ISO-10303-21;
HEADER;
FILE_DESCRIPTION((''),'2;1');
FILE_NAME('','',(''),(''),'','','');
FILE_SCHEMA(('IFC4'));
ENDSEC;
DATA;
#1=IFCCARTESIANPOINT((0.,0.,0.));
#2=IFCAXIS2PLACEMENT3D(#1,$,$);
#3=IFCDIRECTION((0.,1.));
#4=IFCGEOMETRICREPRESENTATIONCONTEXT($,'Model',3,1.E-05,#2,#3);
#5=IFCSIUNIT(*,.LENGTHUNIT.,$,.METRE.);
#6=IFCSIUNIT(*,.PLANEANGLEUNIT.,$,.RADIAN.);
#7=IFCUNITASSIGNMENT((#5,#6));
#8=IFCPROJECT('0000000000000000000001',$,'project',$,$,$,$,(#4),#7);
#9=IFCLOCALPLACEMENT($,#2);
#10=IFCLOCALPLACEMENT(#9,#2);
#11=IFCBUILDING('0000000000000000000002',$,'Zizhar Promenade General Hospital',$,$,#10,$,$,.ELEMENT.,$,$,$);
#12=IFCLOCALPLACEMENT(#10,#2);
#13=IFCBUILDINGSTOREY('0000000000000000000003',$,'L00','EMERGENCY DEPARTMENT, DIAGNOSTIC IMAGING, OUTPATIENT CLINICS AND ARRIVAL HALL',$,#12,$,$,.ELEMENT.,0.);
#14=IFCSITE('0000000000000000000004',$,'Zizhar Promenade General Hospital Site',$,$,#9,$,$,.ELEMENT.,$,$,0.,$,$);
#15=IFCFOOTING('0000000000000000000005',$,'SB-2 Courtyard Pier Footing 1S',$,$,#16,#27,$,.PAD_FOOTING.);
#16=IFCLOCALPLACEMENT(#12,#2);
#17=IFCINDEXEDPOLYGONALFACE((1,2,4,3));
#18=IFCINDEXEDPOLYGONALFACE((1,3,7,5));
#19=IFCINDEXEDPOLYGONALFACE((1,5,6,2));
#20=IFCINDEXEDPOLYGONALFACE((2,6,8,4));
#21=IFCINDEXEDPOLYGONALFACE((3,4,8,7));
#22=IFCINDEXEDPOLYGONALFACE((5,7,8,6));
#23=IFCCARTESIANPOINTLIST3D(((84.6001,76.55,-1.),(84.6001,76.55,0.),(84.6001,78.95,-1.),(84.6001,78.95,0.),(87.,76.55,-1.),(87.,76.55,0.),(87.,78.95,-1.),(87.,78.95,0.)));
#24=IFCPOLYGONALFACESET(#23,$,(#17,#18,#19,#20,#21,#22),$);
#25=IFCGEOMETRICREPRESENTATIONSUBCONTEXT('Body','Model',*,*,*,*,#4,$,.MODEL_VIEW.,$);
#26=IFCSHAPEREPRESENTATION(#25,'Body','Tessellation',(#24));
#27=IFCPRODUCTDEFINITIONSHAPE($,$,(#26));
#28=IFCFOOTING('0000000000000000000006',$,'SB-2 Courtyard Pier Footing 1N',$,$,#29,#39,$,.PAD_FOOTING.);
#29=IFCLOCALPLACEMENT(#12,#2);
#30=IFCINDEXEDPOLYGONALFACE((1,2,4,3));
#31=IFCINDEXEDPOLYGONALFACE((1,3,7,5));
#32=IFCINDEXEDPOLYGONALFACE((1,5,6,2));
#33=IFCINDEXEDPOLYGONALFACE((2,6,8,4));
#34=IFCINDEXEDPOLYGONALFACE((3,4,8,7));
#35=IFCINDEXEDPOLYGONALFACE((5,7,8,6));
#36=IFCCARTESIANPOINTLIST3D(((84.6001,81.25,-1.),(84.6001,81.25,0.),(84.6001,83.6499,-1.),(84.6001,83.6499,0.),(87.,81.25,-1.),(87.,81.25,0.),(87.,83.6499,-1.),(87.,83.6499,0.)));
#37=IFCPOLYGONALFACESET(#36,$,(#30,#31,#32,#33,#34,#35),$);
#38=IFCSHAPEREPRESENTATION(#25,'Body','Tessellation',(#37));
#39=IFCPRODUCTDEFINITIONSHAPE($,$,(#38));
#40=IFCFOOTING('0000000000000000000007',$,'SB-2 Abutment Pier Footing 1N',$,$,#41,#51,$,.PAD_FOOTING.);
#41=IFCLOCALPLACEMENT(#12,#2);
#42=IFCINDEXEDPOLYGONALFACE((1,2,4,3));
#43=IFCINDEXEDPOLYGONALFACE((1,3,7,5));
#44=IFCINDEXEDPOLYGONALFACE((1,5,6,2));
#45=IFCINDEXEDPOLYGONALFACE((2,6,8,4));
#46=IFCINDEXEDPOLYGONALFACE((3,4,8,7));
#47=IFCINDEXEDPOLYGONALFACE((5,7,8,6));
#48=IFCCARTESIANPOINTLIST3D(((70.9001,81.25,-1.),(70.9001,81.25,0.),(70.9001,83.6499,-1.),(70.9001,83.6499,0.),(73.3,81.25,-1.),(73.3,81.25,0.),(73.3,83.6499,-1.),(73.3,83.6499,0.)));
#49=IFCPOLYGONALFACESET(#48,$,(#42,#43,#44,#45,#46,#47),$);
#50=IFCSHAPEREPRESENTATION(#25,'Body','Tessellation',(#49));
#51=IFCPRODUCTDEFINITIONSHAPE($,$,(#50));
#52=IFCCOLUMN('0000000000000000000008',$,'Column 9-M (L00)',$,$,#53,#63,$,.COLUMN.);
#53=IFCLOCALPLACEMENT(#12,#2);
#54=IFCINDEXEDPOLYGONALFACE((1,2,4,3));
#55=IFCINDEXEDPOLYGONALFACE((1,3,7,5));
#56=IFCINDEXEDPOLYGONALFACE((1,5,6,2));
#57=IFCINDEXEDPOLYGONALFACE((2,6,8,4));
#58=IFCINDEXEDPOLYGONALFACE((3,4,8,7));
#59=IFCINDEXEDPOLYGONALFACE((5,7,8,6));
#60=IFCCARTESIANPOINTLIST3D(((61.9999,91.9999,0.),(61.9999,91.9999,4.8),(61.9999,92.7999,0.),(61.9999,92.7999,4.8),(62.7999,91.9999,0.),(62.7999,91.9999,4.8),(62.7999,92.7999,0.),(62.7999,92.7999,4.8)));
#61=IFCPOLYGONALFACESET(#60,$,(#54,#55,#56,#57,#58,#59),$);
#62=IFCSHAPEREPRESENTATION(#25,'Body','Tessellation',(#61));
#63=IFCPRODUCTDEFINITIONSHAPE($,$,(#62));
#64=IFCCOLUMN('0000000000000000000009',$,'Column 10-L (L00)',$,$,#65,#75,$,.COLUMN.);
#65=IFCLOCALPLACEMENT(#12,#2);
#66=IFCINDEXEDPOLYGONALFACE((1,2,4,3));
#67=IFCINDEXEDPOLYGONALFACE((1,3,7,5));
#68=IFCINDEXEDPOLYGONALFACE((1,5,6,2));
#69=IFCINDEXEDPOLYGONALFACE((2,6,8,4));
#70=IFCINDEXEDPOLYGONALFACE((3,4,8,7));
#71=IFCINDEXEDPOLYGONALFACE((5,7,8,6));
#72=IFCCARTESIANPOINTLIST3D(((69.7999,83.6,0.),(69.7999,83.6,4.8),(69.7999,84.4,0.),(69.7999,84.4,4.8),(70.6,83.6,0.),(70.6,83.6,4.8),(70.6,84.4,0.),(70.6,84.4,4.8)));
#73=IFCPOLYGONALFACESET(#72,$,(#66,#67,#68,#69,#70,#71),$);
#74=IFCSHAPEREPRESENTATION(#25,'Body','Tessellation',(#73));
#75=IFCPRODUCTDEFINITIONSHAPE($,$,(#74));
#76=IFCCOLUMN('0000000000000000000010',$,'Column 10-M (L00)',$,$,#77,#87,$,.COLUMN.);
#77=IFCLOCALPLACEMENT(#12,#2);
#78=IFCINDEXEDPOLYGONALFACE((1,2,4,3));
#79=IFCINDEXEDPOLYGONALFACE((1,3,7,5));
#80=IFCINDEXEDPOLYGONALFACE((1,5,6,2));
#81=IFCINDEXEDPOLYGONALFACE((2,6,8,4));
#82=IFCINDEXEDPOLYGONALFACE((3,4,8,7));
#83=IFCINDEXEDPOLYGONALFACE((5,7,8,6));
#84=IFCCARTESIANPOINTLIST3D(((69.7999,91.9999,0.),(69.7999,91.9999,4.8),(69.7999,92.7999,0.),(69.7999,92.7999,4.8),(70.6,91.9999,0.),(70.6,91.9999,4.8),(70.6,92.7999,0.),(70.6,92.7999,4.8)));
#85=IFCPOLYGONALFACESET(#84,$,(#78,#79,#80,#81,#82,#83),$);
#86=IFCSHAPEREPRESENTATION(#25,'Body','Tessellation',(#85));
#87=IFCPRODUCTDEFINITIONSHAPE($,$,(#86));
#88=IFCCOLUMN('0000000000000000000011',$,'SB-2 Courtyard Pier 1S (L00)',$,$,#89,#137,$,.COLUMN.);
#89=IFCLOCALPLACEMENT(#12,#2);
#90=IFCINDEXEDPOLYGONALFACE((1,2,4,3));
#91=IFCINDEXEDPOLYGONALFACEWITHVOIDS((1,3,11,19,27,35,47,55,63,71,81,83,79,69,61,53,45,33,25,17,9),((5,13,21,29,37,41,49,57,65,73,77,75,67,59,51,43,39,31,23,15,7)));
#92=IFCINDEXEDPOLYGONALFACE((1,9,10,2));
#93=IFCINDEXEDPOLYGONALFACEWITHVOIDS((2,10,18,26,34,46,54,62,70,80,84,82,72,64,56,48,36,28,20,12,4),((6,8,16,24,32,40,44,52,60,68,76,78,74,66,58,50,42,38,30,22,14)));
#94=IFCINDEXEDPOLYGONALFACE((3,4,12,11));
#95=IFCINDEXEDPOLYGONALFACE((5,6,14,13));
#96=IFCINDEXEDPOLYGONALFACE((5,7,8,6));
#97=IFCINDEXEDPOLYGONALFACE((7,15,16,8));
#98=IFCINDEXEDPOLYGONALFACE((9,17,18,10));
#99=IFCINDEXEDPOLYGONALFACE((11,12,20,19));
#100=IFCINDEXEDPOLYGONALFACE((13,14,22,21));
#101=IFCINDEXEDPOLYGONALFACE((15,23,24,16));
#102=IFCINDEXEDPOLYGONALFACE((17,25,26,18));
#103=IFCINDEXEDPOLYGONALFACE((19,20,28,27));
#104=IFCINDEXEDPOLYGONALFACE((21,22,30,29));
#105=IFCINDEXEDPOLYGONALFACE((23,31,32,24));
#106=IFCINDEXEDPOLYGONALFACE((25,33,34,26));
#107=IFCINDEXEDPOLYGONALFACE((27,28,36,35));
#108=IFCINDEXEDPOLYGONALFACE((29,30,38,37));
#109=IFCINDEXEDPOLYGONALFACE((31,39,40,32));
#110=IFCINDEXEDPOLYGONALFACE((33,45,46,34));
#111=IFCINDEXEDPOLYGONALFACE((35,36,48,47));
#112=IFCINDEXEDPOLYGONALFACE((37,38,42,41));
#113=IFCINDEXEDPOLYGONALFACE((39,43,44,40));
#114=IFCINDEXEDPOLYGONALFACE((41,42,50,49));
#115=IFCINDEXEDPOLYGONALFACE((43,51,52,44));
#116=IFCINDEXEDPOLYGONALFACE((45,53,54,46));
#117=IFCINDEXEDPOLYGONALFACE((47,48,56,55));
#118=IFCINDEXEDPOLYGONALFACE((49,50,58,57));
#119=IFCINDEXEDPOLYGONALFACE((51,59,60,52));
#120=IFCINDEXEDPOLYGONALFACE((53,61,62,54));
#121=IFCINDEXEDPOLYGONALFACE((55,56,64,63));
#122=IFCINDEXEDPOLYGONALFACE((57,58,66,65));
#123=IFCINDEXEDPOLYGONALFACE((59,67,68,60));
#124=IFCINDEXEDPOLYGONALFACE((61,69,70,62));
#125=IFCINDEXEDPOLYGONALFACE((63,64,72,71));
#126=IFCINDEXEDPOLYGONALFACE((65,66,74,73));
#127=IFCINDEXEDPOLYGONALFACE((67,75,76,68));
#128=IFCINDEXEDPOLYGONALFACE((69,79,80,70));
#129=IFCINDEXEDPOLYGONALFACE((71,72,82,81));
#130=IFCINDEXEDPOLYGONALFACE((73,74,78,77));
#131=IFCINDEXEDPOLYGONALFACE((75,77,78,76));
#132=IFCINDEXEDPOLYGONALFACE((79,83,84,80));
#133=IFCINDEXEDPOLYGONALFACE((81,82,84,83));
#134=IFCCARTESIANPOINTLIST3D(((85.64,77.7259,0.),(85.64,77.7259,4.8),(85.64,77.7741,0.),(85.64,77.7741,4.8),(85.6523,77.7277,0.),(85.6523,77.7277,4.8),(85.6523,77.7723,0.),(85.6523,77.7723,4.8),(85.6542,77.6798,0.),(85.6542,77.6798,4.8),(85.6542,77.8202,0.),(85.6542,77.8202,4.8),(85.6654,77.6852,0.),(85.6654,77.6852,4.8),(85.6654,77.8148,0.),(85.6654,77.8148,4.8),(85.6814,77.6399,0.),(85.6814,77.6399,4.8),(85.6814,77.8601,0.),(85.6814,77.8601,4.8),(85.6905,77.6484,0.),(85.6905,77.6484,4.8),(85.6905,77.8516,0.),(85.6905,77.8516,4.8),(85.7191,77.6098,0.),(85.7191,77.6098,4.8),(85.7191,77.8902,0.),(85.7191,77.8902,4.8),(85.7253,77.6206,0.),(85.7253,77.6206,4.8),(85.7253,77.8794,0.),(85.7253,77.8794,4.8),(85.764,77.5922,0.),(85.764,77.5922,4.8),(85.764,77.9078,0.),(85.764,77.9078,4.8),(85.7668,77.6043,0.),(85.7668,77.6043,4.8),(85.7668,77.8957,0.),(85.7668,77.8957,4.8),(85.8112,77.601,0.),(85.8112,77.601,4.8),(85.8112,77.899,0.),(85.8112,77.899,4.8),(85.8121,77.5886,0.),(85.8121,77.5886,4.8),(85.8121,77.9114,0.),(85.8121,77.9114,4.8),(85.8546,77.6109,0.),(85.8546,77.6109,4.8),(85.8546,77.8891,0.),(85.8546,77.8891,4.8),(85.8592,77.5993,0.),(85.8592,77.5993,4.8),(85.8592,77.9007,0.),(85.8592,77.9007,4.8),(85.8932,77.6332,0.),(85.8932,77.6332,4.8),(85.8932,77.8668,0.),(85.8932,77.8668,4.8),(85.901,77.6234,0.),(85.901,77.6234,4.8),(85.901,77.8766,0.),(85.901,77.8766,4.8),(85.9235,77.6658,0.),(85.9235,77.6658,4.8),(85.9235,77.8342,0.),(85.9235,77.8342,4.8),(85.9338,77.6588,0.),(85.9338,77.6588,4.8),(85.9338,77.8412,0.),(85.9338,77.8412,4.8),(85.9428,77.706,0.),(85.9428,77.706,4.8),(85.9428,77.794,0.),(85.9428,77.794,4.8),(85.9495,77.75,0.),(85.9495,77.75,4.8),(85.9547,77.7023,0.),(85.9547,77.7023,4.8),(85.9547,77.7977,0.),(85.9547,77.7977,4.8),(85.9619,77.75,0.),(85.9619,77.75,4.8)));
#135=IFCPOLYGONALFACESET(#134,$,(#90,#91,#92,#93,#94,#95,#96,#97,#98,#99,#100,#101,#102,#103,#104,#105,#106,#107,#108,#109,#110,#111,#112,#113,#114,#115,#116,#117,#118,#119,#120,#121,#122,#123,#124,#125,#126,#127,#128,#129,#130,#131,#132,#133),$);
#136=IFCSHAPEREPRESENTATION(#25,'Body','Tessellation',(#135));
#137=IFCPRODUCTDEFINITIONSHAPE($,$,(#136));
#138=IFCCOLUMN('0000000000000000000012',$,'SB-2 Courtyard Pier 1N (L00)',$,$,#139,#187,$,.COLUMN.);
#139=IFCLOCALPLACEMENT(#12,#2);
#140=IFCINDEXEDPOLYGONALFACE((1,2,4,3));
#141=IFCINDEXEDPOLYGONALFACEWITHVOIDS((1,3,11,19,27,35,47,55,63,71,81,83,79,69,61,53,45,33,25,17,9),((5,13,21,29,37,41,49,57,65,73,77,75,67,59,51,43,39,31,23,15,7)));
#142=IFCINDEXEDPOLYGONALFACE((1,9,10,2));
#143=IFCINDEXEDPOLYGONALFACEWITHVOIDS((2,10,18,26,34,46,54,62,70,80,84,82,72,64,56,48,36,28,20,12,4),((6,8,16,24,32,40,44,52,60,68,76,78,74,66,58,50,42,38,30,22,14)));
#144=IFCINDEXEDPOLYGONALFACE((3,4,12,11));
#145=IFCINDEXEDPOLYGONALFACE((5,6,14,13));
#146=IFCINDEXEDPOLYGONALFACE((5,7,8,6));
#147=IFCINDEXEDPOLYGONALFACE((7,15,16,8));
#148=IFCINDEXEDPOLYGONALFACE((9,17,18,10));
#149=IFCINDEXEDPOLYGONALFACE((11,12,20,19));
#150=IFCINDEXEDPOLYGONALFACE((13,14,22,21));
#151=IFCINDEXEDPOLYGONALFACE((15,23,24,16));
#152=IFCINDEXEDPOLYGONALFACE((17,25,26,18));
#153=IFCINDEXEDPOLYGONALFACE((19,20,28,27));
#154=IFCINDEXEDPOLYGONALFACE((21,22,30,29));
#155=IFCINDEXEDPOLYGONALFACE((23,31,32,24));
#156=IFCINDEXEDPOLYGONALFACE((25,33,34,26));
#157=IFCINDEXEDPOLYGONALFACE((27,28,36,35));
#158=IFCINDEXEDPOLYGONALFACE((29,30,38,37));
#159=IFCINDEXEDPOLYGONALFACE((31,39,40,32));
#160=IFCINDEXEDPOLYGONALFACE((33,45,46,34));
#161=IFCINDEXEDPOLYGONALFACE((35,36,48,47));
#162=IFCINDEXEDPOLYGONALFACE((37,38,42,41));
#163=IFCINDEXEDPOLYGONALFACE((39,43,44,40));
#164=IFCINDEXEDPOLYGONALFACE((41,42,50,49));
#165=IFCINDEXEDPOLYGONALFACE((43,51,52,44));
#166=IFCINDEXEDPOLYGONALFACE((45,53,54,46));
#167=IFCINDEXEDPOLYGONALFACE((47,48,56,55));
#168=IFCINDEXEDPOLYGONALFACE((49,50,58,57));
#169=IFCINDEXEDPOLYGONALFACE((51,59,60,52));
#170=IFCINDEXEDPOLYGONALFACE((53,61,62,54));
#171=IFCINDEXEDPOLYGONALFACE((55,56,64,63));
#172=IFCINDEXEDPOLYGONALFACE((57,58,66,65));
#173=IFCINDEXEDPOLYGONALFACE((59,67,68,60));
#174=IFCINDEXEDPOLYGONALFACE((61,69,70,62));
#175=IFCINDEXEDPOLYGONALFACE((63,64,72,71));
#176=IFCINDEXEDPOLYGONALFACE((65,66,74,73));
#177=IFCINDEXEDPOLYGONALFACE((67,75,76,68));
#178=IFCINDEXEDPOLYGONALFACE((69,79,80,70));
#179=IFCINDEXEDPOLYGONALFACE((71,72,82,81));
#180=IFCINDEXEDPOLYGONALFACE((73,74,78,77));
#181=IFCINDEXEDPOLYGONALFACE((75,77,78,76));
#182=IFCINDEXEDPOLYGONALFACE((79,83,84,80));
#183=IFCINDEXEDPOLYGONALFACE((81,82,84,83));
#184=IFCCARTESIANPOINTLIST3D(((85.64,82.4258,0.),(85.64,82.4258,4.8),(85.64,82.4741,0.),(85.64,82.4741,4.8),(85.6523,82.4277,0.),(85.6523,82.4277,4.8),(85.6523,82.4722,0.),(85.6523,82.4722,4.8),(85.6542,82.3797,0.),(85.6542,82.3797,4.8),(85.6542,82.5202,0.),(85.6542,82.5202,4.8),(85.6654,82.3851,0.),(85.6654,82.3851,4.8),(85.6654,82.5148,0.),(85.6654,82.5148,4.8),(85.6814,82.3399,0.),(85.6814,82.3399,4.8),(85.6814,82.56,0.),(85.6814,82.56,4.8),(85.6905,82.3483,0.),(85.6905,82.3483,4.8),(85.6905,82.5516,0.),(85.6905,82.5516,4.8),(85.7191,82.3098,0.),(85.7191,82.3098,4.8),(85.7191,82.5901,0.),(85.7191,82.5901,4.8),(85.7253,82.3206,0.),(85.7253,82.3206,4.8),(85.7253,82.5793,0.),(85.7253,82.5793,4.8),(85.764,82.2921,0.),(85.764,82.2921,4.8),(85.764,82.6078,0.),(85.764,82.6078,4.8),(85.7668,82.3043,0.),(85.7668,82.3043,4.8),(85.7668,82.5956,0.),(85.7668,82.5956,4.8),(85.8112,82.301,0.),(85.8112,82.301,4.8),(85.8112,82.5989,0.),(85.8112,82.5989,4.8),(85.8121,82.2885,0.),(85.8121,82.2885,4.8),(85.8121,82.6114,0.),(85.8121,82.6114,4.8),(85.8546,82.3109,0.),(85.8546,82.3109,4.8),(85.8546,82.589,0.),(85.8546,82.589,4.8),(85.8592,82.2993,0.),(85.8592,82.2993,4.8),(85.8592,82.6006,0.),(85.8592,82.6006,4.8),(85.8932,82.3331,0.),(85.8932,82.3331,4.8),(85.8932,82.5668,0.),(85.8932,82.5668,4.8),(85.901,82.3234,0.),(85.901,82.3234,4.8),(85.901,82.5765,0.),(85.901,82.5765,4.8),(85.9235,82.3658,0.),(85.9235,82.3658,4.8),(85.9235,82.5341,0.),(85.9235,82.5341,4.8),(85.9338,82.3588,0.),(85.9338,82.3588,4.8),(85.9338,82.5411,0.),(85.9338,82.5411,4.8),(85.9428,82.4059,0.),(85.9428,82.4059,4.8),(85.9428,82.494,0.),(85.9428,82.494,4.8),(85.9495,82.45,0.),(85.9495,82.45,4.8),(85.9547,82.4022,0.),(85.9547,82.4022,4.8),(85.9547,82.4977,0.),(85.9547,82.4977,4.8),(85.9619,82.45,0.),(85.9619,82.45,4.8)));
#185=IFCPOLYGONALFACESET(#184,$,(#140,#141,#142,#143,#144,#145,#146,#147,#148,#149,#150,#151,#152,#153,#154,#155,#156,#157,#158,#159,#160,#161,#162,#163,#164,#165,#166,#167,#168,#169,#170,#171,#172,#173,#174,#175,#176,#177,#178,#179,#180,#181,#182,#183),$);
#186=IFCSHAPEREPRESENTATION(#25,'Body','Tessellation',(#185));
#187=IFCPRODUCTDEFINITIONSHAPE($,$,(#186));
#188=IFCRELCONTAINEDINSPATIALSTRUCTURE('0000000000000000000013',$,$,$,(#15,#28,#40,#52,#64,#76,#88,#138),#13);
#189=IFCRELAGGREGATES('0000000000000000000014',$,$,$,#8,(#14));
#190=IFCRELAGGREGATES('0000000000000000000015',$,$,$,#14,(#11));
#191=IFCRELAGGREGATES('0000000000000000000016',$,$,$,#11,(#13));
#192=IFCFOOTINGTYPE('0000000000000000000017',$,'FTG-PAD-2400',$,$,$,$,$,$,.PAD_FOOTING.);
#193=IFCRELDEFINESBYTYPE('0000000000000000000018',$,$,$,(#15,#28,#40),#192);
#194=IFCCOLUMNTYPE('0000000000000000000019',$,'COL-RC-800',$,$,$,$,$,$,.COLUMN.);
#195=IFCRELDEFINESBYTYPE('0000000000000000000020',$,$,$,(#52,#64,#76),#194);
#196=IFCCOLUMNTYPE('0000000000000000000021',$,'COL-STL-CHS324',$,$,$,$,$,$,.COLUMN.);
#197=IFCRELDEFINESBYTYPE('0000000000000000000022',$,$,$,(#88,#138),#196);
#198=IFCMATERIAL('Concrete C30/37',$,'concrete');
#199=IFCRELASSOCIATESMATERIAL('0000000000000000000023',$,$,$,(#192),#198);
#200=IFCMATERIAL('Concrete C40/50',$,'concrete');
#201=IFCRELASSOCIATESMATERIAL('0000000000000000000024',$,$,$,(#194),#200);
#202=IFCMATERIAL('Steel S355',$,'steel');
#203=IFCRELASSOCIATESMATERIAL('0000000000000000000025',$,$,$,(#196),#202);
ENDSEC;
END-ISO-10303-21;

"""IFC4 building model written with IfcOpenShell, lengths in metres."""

from ifc_helpers import new_model, si_unit, direction, frame, origin, origin_2d, place, context, subcontext, project, spatial, rectangle, hollow_circle, extrude, material, material_profile, profile_set, type_object, element, save


model = new_model("IFC4")

# Units and contexts
model_context = context("Model", 3, precision=1e-05, world=origin(), true_north=direction((0.0, 1.0)))
body_context = subcontext(model_context, "Body", "Model", "MODEL_VIEW")
ifc_project = project(units=[si_unit("LENGTHUNIT", "METRE"), si_unit("PLANEANGLEUNIT", "RADIAN")], contexts=[model_context])

# Site, building, storey
site_placement = place(None, origin())
site = spatial("IfcSite", under=ifc_project, at=site_placement, Name="Zizhar Promenade General Hospital Site", CompositionType="ELEMENT", RefElevation=0.0)
building_placement = place(site_placement, origin())
building = spatial("IfcBuilding", under=site, at=building_placement, Name="Zizhar Promenade General Hospital", CompositionType="ELEMENT")
storey_placement = place(building_placement, origin())
storey = spatial("IfcBuildingStorey", under=building, at=storey_placement, Name="L00", Description="EMERGENCY DEPARTMENT, DIAGNOSTIC IMAGING, OUTPATIENT CLINICS AND ARRIVAL HALL", CompositionType="ELEMENT", Elevation=0.0)

# Footings
ifc_material_1 = material(Name="Concrete C30/37", Category="concrete")
footing_type = type_object("IfcFootingType", Name="FTG-PAD-2400", PredefinedType="PAD_FOOTING", material=ifc_material_1)
for number, where, z_axis, x_axis, name in (
    (1, (85.8, 77.75, -1.0), (0.0, 0.0, 1.0), (1.0, 0.0, 0.0), "SB-2 Courtyard Pier Footing 1S"),
    (2, (85.8, 82.45, -1.0), (0.0, 0.0, 1.0), (1.0, 0.0, 0.0), "SB-2 Courtyard Pier Footing 1N"),
    (3, (72.1001, 82.45, -1.0), (0.0, 0.0, 1.0), (1.0, 0.0, 0.0), "SB-2 Abutment Pier Footing 1N"),
):
    element("IfcFooting", number, at=place(storey_placement, frame(where, z_axis=z_axis, x_axis=x_axis)), inside=storey, type_object=footing_type, Name=name, PredefinedType="PAD_FOOTING", context=body_context, shape_type="SweptSolid", body=[
        extrude(rectangle(XDim=2.3999, YDim=2.3999, at=origin_2d()), origin(), (0.0, 0.0, 1.0), 1.0),
    ])

# Columns
ifc_material_2 = material(Name="Concrete C40/50", Category="concrete")
ifc_material_profile_1 = material_profile(ifc_material_2, rectangle(XDim=0.8, YDim=0.8, at=origin_2d()))
ifc_profile_set_1 = profile_set([ifc_material_profile_1], Name="Concrete C40/50")
column_type_1 = type_object("IfcColumnType", Name="COL-RC-800", PredefinedType="COLUMN", material=ifc_profile_set_1)
for number, where, z_axis, x_axis, name in (
    (4, (62.3999, 92.3999, 0.0), (0.0, 0.0, 1.0), (1.0, 0.0, 0.0), "Column 9-M (L00)"),
    (5, (70.2, 84.0, 0.0), (0.0, 0.0, 1.0), (1.0, 0.0, 0.0), "Column 10-L (L00)"),
    (6, (70.2, 92.3999, 0.0), (0.0, 0.0, 1.0), (1.0, 0.0, 0.0), "Column 10-M (L00)"),
):
    element("IfcColumn", number, at=place(storey_placement, frame(where, z_axis=z_axis, x_axis=x_axis)), inside=storey, type_object=column_type_1, Name=name, PredefinedType="COLUMN", context=body_context, shape_type="SweptSolid", body=[
        extrude(rectangle(XDim=0.8, YDim=0.8, at=origin_2d()), origin(), (0.0, 0.0, 1.0), 4.8),
    ])
ifc_material_3 = material(Name="Steel S355", Category="steel")
ifc_material_profile_2 = material_profile(ifc_material_3, hollow_circle(Radius=0.1619, WallThickness=0.0125, at=origin_2d()))
ifc_profile_set_2 = profile_set([ifc_material_profile_2], Name="Steel S355")
column_type_2 = type_object("IfcColumnType", Name="COL-STL-CHS324", PredefinedType="COLUMN", material=ifc_profile_set_2)
for number, where, z_axis, x_axis, name in (
    (7, (85.8, 77.75, 0.0), (0.0, 0.0, 1.0), (1.0, 0.0, 0.0), "SB-2 Courtyard Pier 1S (L00)"),
    (8, (85.8, 82.45, 0.0), (0.0, 0.0, 1.0), (1.0, 0.0, 0.0), "SB-2 Courtyard Pier 1N (L00)"),
):
    element("IfcColumn", number, at=place(storey_placement, frame(where, z_axis=z_axis, x_axis=x_axis)), inside=storey, type_object=column_type_2, Name=name, PredefinedType="COLUMN", context=body_context, shape_type="SweptSolid", body=[
        extrude(hollow_circle(Radius=0.1619, WallThickness=0.0125, at=origin_2d()), origin(), (0.0, 0.0, 1.0), 4.8),
    ])

save(model, "model.ifc")
